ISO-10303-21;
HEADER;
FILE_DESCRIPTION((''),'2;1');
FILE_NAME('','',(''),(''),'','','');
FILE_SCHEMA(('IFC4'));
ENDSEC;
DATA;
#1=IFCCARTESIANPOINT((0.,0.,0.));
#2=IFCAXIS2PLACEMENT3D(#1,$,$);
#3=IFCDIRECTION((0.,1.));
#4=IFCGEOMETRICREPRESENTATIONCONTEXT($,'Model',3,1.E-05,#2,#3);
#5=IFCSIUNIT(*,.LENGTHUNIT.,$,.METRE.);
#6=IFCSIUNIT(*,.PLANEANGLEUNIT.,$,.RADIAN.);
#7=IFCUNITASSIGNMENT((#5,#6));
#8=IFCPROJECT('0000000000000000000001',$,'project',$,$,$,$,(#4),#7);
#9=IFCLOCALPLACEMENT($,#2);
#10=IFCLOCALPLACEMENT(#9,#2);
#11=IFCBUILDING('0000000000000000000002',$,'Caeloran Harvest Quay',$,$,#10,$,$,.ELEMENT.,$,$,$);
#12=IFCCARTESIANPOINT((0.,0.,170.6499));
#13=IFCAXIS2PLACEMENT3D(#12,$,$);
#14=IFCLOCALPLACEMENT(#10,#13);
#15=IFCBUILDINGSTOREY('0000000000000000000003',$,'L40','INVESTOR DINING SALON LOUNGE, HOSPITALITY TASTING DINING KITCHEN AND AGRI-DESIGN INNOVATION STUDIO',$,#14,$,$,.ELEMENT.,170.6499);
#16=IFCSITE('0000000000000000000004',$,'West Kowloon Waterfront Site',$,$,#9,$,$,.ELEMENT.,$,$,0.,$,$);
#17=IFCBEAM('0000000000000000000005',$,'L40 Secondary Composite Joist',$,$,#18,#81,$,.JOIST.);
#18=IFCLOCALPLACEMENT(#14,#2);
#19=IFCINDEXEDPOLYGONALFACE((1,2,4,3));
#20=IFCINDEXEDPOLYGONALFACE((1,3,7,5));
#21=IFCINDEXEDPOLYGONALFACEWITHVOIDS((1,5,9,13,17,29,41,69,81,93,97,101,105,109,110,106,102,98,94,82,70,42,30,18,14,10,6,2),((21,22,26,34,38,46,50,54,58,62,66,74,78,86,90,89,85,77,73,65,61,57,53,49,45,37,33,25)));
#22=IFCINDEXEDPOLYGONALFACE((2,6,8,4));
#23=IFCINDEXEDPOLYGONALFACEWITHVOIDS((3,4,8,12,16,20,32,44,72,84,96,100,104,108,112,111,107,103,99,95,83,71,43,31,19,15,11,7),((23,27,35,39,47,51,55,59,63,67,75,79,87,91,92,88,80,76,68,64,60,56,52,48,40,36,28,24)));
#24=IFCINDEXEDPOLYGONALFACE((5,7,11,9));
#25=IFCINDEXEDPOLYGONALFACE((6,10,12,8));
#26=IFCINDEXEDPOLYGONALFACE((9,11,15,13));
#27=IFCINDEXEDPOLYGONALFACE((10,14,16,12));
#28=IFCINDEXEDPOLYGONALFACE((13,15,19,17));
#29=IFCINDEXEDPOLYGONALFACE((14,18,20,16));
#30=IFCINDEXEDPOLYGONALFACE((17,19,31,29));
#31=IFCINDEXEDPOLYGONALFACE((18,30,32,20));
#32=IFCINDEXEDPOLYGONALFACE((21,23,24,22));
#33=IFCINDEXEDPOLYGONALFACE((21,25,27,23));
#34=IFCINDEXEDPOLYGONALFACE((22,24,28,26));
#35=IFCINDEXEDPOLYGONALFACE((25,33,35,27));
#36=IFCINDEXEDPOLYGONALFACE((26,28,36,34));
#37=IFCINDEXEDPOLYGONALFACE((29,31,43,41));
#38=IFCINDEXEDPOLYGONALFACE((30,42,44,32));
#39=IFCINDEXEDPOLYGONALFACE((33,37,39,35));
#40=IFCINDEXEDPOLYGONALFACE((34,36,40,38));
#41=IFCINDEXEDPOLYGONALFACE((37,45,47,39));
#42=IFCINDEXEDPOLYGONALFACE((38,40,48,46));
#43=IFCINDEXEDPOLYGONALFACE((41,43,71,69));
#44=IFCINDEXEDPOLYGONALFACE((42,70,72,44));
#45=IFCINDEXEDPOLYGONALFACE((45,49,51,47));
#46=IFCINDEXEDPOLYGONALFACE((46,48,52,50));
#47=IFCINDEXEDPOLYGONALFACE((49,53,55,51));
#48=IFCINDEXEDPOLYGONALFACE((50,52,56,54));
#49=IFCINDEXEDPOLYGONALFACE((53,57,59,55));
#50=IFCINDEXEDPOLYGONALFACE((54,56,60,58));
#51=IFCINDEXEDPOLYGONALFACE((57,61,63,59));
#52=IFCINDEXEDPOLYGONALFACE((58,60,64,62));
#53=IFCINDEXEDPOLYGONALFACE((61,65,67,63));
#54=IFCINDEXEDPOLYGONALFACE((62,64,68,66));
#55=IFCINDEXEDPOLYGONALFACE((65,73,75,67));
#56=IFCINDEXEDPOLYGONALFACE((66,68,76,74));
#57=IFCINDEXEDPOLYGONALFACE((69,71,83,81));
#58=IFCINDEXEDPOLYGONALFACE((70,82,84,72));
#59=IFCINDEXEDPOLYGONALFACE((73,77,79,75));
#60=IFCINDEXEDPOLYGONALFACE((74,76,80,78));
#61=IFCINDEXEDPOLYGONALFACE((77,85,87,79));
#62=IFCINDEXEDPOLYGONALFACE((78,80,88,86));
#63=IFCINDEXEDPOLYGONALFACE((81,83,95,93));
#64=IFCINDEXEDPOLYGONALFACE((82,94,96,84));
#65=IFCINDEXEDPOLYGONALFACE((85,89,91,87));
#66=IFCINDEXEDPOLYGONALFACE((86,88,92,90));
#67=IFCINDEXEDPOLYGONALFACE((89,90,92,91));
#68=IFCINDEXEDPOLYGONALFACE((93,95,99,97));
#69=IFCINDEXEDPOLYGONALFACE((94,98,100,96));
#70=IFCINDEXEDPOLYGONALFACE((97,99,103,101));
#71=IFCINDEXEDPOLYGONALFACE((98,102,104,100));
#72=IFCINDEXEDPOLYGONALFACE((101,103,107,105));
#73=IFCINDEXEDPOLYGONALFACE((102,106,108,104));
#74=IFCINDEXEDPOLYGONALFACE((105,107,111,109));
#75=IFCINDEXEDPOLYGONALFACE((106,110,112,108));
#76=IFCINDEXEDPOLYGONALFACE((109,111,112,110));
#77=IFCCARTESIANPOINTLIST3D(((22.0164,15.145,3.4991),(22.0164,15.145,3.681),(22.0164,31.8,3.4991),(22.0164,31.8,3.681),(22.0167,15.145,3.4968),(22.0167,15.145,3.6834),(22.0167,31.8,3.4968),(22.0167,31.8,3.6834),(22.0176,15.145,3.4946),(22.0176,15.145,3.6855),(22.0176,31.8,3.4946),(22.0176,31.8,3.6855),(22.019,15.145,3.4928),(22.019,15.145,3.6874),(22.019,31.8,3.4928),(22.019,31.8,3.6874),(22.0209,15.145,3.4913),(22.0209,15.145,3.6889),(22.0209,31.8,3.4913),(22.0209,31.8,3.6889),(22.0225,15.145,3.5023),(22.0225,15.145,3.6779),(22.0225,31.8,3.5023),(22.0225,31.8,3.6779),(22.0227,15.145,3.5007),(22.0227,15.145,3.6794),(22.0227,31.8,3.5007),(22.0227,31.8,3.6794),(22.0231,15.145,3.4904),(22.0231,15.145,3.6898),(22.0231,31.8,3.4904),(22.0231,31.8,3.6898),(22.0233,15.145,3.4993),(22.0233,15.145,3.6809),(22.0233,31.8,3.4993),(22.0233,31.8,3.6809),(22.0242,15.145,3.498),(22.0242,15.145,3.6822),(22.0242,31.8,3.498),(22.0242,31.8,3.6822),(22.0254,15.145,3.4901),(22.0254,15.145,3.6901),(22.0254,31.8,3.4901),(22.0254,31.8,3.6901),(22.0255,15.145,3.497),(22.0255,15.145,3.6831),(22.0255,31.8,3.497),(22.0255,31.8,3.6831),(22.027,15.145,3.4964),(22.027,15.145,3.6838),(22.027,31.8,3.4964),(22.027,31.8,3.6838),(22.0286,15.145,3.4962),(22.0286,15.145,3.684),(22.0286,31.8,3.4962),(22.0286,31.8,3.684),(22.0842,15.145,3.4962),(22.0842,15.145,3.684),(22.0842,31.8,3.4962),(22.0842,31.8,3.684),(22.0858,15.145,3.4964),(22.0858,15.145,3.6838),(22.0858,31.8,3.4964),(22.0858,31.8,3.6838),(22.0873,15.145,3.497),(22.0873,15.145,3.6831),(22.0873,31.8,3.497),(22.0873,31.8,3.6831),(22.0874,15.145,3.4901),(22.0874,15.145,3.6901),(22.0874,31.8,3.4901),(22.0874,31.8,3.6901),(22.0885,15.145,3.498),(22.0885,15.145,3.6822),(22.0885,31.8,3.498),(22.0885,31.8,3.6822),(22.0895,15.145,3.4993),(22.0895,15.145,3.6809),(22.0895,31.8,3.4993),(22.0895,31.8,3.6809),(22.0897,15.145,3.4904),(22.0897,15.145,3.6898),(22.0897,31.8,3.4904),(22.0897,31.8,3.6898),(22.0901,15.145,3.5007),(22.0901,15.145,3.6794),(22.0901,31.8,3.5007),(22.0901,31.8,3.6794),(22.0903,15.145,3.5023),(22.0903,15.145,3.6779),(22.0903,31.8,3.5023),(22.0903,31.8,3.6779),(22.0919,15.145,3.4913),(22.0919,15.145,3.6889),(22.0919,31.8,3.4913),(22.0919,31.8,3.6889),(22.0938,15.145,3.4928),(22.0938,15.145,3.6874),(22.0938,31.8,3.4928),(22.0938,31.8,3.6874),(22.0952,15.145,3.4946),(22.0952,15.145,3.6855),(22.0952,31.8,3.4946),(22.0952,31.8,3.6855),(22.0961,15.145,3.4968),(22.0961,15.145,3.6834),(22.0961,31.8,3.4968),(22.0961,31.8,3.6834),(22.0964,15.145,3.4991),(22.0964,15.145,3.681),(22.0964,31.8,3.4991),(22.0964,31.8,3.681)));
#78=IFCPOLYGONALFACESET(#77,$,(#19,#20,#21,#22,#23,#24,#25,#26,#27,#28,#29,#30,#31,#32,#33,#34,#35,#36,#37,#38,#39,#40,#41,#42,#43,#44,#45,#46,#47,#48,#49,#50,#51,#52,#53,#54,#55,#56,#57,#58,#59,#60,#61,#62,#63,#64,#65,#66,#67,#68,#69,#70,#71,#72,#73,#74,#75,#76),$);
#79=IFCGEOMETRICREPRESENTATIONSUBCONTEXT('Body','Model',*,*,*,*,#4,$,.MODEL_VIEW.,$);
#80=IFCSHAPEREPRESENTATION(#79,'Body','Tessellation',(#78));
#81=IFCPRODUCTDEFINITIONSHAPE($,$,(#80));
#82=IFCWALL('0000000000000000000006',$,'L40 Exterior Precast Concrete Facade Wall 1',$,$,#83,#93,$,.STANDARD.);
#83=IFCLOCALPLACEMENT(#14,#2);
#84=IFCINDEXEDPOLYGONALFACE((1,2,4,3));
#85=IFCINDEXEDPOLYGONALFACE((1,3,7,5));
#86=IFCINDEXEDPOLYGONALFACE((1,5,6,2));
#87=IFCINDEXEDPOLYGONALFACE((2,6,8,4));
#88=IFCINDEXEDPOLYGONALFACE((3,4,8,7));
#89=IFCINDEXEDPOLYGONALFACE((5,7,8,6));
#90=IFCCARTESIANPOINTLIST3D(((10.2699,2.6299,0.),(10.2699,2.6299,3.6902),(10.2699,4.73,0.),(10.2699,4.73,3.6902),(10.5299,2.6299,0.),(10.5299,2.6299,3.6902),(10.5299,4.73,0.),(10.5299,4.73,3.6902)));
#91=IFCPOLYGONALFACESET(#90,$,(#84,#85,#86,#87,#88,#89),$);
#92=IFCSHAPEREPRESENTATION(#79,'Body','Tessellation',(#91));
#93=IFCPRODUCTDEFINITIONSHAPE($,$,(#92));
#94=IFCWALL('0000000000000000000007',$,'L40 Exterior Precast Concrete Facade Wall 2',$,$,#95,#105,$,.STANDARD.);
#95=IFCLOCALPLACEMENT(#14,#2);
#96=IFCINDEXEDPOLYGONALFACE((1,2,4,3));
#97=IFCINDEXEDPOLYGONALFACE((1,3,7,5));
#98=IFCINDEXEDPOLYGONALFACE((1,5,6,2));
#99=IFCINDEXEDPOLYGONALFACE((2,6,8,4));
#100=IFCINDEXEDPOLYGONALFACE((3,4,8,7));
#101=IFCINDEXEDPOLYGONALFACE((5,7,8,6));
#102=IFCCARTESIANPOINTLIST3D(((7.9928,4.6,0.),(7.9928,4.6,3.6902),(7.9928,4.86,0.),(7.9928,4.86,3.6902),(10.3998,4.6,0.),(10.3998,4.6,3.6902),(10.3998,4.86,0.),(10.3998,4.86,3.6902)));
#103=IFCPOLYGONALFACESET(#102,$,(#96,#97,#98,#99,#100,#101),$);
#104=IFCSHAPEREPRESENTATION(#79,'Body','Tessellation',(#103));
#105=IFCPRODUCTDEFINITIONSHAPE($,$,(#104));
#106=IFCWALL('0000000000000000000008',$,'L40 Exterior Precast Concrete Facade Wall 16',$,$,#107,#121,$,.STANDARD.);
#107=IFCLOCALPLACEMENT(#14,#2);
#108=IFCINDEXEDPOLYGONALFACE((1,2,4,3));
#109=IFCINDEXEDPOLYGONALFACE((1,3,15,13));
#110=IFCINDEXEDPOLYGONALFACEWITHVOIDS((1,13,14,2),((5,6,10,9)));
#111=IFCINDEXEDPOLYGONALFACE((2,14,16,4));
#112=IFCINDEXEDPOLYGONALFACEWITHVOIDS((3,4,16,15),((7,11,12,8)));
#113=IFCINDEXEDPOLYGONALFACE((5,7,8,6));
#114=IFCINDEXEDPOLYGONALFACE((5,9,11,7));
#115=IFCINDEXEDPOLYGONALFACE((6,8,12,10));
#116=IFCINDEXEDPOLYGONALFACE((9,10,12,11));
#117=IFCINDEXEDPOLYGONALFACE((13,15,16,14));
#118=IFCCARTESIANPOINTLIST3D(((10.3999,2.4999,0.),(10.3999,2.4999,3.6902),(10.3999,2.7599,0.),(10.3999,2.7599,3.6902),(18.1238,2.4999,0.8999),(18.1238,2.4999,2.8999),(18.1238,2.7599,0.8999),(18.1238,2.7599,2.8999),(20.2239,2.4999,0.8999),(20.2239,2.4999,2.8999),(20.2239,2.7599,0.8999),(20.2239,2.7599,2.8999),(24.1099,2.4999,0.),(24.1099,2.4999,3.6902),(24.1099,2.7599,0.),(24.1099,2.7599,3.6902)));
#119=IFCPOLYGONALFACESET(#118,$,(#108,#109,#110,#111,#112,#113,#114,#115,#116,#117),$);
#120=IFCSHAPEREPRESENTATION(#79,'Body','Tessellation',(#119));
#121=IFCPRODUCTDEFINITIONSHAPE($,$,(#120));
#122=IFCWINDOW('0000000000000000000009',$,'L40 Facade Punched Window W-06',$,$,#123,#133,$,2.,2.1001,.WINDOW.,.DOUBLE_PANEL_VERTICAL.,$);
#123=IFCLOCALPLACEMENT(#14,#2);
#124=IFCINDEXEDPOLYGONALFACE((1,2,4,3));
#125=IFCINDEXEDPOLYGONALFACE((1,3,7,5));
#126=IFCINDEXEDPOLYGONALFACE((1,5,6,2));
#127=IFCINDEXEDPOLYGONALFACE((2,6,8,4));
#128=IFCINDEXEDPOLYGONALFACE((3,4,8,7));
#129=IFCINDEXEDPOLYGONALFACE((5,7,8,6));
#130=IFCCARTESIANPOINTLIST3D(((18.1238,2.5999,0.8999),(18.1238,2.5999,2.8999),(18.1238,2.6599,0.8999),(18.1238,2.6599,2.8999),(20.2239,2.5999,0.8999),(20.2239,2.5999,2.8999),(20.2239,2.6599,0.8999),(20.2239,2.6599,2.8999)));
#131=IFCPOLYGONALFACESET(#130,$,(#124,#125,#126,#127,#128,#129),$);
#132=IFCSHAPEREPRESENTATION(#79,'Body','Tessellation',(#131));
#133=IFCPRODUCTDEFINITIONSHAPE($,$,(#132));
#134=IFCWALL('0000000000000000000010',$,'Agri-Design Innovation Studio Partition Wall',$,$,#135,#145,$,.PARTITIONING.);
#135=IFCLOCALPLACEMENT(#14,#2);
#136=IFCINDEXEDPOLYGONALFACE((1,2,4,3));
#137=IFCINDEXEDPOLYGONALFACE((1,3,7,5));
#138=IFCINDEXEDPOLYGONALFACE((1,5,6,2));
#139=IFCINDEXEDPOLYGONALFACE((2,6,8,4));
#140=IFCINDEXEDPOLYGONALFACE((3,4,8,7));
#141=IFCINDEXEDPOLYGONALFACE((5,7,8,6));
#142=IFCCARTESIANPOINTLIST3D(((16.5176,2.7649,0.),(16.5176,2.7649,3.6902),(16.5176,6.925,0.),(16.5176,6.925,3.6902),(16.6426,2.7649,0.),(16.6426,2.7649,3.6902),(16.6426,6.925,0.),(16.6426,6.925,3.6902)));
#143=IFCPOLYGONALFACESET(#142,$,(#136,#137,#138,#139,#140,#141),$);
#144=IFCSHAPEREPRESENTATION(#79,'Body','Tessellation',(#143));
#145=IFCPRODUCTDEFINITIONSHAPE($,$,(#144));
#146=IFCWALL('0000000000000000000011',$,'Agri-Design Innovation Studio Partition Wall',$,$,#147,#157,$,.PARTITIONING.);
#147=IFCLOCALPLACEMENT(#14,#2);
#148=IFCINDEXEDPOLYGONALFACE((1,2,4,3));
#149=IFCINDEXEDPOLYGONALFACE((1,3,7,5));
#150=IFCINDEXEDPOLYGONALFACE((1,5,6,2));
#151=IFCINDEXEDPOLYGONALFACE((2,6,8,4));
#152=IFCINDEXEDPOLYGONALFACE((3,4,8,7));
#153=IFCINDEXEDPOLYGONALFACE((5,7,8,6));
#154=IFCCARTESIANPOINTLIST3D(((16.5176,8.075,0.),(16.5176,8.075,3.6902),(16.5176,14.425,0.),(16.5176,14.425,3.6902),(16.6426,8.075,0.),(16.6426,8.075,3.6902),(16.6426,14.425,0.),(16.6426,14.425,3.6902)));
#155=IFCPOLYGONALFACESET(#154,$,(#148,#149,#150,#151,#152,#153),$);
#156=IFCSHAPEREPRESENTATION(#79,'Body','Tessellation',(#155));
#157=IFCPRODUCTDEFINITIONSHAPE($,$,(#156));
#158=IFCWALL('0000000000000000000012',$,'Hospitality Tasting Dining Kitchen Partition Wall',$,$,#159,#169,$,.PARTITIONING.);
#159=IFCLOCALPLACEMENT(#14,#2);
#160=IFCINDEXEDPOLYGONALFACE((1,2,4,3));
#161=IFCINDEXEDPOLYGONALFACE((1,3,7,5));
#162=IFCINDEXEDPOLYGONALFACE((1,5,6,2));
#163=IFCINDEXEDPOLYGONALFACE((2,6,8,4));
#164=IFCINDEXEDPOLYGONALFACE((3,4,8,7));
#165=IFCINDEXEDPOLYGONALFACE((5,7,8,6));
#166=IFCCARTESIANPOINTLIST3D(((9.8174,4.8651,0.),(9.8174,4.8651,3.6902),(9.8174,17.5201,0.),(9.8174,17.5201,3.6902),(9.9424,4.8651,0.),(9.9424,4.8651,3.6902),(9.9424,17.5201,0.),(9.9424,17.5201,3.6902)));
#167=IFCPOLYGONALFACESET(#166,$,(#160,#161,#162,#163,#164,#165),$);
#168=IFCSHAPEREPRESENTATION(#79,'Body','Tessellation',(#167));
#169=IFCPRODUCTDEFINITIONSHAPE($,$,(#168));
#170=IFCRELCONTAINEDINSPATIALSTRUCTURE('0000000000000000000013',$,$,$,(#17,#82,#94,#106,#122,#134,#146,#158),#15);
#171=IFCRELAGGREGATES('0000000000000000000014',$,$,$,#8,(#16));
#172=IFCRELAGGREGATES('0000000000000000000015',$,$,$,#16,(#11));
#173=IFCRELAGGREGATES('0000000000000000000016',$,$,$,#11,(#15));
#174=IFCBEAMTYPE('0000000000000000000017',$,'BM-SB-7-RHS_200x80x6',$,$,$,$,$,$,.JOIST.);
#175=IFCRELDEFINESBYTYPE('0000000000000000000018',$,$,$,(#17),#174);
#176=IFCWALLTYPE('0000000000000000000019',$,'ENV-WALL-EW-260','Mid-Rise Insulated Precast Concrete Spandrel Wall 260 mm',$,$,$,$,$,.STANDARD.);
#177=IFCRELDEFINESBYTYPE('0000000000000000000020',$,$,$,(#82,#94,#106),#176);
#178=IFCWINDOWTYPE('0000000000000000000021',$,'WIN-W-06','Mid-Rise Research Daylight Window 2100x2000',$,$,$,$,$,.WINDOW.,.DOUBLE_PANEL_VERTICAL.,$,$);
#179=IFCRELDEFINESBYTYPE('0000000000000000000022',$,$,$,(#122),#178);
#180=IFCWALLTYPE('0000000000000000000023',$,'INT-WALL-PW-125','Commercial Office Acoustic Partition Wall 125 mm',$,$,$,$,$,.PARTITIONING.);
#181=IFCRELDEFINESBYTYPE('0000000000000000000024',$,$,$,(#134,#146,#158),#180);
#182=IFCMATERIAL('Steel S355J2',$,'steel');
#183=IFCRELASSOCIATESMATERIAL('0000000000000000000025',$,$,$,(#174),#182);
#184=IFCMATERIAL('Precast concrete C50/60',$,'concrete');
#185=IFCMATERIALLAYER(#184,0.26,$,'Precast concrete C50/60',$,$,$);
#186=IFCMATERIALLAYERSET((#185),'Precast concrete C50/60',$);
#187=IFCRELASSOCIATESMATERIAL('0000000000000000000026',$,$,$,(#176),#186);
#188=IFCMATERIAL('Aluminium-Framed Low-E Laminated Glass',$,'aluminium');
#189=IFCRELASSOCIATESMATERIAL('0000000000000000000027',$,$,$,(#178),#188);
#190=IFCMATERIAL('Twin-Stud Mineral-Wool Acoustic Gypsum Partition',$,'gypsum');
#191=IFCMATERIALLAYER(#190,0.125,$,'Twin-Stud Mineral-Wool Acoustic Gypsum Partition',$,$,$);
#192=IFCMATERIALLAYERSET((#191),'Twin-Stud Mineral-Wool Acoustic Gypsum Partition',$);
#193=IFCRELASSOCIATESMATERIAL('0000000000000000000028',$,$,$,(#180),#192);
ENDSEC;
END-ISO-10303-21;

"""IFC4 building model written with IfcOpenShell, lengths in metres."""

from ifc_helpers import new_model, si_unit, direction, frame, frame_2d, origin, origin_2d, place, context, subcontext, project, spatial, rectangle, hollow_rectangle, extrude, material, layer, layer_set, material_profile, profile_set, type_object, element, fill, save


model = new_model("IFC4")

# Units and contexts
model_context = context("Model", 3, precision=1e-05, world=origin(), true_north=direction((0.0, 1.0)))
body_context = subcontext(model_context, "Body", "Model", "MODEL_VIEW")
ifc_project = project(units=[si_unit("LENGTHUNIT", "METRE"), si_unit("PLANEANGLEUNIT", "RADIAN")], contexts=[model_context])

# Site, building, storey
site_placement = place(None, origin())
site = spatial("IfcSite", under=ifc_project, at=site_placement, Name="West Kowloon Waterfront Site", CompositionType="ELEMENT", RefElevation=0.0)
building_placement = place(site_placement, origin())
building = spatial("IfcBuilding", under=site, at=building_placement, Name="Caeloran Harvest Quay", CompositionType="ELEMENT")
storey_placement = place(building_placement, frame((0.0, 0.0, 170.6499)))
storey = spatial("IfcBuildingStorey", under=building, at=storey_placement, Name="L40", Description="INVESTOR DINING SALON LOUNGE, HOSPITALITY TASTING DINING KITCHEN AND AGRI-DESIGN INNOVATION STUDIO", CompositionType="ELEMENT", Elevation=170.6499)

# Beam
ifc_material_1 = material(Name="Steel S355J2", Category="steel")
ifc_material_profile_1 = material_profile(ifc_material_1, hollow_rectangle(XDim=0.0801, YDim=0.2, WallThickness=0.0061, InnerFilletRadius=0.0061, OuterFilletRadius=0.009, at=origin_2d()), Name="RHS 200x80x6")
ifc_profile_set_1 = profile_set([ifc_material_profile_1], Name="Steel S355J2")
beam_type_1 = type_object("IfcBeamType", Name="BM-SB-7-RHS_200x80x6", PredefinedType="JOIST", material=ifc_profile_set_1)
for number, where, z_axis, x_axis, name in (
    (1, (22.0564, 15.145, 3.5901), (0.0, 1.0, 0.0), (-1.0, 0.0, 0.0), "L40 Secondary Composite Joist"),
):
    element("IfcBeam", number, at=place(storey_placement, frame(where, z_axis=z_axis, x_axis=x_axis)), inside=storey, type_object=beam_type_1, Name=name, PredefinedType="JOIST", context=body_context, shape_type="SweptSolid", body=[
        extrude(hollow_rectangle(XDim=0.0801, YDim=0.2, WallThickness=0.0061, InnerFilletRadius=0.0061, OuterFilletRadius=0.009, at=origin_2d()), origin(), (0.0, 0.0, 1.0), 16.655),
    ])

# Walls
ifc_material_2 = material(Name="Precast concrete C50/60", Category="concrete")
ifc_layer_1 = layer(ifc_material_2, 0.26, Name="Precast concrete C50/60")
ifc_layer_set_1 = layer_set([ifc_layer_1], Name="Precast concrete C50/60")
wall_type_1 = type_object("IfcWallType", Name="ENV-WALL-EW-260", Description="Mid-Rise Insulated Precast Concrete Spandrel Wall 260 mm", PredefinedType="STANDARD", material=ifc_layer_set_1)
wall_1_placement = place(storey_placement, frame((10.3999, 2.6299, 0.0), z_axis=(0.0, 0.0, 1.0), x_axis=(0.0, 1.0, 0.0)))
element("IfcWall", 2, at=wall_1_placement, inside=storey, type_object=wall_type_1, Name="L40 Exterior Precast Concrete Facade Wall 1", PredefinedType="STANDARD", context=body_context, shape_type="SweptSolid", body=[
    extrude(rectangle(XDim=2.1001, YDim=0.26, at=frame_2d((1.05, 0.0))), origin(), (0.0, 0.0, 1.0), 3.6902),
])
wall_2_placement = place(storey_placement, frame((10.3999, 4.73, 0.0), z_axis=(0.0, 0.0, 1.0), x_axis=(-1.0, 0.0, 0.0)))
element("IfcWall", 3, at=wall_2_placement, inside=storey, type_object=wall_type_1, Name="L40 Exterior Precast Concrete Facade Wall 2", PredefinedType="STANDARD", context=body_context, shape_type="SweptSolid", body=[
    extrude(rectangle(XDim=2.407, YDim=0.26, at=frame_2d((1.2036, 0.0))), origin(), (0.0, 0.0, 1.0), 3.6902),
])

# Wall, opening, window
wall_3_placement = place(storey_placement, frame((24.1099, 2.6299, 0.0), z_axis=(0.0, 0.0, 1.0), x_axis=(-1.0, 0.0, 0.0)))
wall_3 = element("IfcWall", 4, at=wall_3_placement, inside=storey, type_object=wall_type_1, Name="L40 Exterior Precast Concrete Facade Wall 16", PredefinedType="STANDARD", context=body_context, shape_type="SweptSolid", body=[
    extrude(rectangle(XDim=13.71, YDim=0.26, at=frame_2d((6.855, 0.0))), origin(), (0.0, 0.0, 1.0), 3.6902),
])
opening_placement = place(wall_3_placement, frame((3.886, 0.0, 0.8999)))
opening = element("IfcOpeningElement", 5, at=opening_placement, cuts=wall_3, PredefinedType="OPENING", context=body_context, shape_type="SweptSolid", body=[
    extrude(rectangle(XDim=2.1001, YDim=2.0, at=frame_2d((1.05, 1.0))), frame((0.0, 0.1401, 0.0), z_axis=(0.0, -1.0, 0.0), x_axis=(1.0, 0.0, 0.0)), (0.0, 0.0, 1.0), 0.28),
])
ifc_material_3 = material(Name="Aluminium-Framed Low-E Laminated Glass", Category="aluminium")
window_type = type_object("IfcWindowType", Name="WIN-W-06", Description="Mid-Rise Research Daylight Window 2100x2000", PartitioningType="DOUBLE_PANEL_VERTICAL", PredefinedType="WINDOW", material=ifc_material_3)
window_placement = place(opening_placement, origin())
window = element("IfcWindow", 6, at=window_placement, inside=storey, type_object=window_type, Name="L40 Facade Punched Window W-06", OverallHeight=2.0, OverallWidth=2.1001, PartitioningType="DOUBLE_PANEL_VERTICAL", PredefinedType="WINDOW", context=body_context, shape_type="SweptSolid", body=[
    extrude(rectangle(XDim=2.1001, YDim=2.0, at=frame_2d((1.05, 1.0))), frame((0.0, 0.03, 0.0), z_axis=(0.0, -1.0, 0.0), x_axis=(1.0, 0.0, 0.0)), (0.0, 0.0, 1.0), 0.0601),
])
fill(opening, window)

# Walls
ifc_material_4 = material(Name="Twin-Stud Mineral-Wool Acoustic Gypsum Partition", Category="gypsum")
ifc_layer_2 = layer(ifc_material_4, 0.125, Name="Twin-Stud Mineral-Wool Acoustic Gypsum Partition")
ifc_layer_set_2 = layer_set([ifc_layer_2], Name="Twin-Stud Mineral-Wool Acoustic Gypsum Partition")
wall_type_2 = type_object("IfcWallType", Name="INT-WALL-PW-125", Description="Commercial Office Acoustic Partition Wall 125 mm", PredefinedType="PARTITIONING", material=ifc_layer_set_2)
wall_4_placement = place(storey_placement, frame((16.5801, 2.7649, 0.0), z_axis=(0.0, 0.0, 1.0), x_axis=(0.0, 1.0, 0.0)))
element("IfcWall", 7, at=wall_4_placement, inside=storey, type_object=wall_type_2, Name="Agri-Design Innovation Studio Partition Wall", PredefinedType="PARTITIONING", context=body_context, shape_type="SweptSolid", body=[
    extrude(rectangle(XDim=4.1602, YDim=0.125, at=frame_2d((2.0801, 0.0))), origin(), (0.0, 0.0, 1.0), 3.6902),
])
wall_5_placement = place(storey_placement, frame((16.5801, 8.075, 0.0), z_axis=(0.0, 0.0, 1.0), x_axis=(0.0, 1.0, 0.0)))
element("IfcWall", 8, at=wall_5_placement, inside=storey, type_object=wall_type_2, Name="Agri-Design Innovation Studio Partition Wall", PredefinedType="PARTITIONING", context=body_context, shape_type="SweptSolid", body=[
    extrude(rectangle(XDim=6.3501, YDim=0.125, at=frame_2d((3.175, 0.0))), origin(), (0.0, 0.0, 1.0), 3.6902),
])
wall_6_placement = place(storey_placement, frame((9.8799, 4.865, 0.0), z_axis=(0.0, 0.0, 1.0), x_axis=(0.0, 1.0, 0.0)))
element("IfcWall", 9, at=wall_6_placement, inside=storey, type_object=wall_type_2, Name="Hospitality Tasting Dining Kitchen Partition Wall", PredefinedType="PARTITIONING", context=body_context, shape_type="SweptSolid", body=[
    extrude(rectangle(XDim=12.655, YDim=0.125, at=frame_2d((6.3276, 0.0))), origin(), (0.0, 0.0, 1.0), 3.6902),
])

save(model, "model.ifc")
